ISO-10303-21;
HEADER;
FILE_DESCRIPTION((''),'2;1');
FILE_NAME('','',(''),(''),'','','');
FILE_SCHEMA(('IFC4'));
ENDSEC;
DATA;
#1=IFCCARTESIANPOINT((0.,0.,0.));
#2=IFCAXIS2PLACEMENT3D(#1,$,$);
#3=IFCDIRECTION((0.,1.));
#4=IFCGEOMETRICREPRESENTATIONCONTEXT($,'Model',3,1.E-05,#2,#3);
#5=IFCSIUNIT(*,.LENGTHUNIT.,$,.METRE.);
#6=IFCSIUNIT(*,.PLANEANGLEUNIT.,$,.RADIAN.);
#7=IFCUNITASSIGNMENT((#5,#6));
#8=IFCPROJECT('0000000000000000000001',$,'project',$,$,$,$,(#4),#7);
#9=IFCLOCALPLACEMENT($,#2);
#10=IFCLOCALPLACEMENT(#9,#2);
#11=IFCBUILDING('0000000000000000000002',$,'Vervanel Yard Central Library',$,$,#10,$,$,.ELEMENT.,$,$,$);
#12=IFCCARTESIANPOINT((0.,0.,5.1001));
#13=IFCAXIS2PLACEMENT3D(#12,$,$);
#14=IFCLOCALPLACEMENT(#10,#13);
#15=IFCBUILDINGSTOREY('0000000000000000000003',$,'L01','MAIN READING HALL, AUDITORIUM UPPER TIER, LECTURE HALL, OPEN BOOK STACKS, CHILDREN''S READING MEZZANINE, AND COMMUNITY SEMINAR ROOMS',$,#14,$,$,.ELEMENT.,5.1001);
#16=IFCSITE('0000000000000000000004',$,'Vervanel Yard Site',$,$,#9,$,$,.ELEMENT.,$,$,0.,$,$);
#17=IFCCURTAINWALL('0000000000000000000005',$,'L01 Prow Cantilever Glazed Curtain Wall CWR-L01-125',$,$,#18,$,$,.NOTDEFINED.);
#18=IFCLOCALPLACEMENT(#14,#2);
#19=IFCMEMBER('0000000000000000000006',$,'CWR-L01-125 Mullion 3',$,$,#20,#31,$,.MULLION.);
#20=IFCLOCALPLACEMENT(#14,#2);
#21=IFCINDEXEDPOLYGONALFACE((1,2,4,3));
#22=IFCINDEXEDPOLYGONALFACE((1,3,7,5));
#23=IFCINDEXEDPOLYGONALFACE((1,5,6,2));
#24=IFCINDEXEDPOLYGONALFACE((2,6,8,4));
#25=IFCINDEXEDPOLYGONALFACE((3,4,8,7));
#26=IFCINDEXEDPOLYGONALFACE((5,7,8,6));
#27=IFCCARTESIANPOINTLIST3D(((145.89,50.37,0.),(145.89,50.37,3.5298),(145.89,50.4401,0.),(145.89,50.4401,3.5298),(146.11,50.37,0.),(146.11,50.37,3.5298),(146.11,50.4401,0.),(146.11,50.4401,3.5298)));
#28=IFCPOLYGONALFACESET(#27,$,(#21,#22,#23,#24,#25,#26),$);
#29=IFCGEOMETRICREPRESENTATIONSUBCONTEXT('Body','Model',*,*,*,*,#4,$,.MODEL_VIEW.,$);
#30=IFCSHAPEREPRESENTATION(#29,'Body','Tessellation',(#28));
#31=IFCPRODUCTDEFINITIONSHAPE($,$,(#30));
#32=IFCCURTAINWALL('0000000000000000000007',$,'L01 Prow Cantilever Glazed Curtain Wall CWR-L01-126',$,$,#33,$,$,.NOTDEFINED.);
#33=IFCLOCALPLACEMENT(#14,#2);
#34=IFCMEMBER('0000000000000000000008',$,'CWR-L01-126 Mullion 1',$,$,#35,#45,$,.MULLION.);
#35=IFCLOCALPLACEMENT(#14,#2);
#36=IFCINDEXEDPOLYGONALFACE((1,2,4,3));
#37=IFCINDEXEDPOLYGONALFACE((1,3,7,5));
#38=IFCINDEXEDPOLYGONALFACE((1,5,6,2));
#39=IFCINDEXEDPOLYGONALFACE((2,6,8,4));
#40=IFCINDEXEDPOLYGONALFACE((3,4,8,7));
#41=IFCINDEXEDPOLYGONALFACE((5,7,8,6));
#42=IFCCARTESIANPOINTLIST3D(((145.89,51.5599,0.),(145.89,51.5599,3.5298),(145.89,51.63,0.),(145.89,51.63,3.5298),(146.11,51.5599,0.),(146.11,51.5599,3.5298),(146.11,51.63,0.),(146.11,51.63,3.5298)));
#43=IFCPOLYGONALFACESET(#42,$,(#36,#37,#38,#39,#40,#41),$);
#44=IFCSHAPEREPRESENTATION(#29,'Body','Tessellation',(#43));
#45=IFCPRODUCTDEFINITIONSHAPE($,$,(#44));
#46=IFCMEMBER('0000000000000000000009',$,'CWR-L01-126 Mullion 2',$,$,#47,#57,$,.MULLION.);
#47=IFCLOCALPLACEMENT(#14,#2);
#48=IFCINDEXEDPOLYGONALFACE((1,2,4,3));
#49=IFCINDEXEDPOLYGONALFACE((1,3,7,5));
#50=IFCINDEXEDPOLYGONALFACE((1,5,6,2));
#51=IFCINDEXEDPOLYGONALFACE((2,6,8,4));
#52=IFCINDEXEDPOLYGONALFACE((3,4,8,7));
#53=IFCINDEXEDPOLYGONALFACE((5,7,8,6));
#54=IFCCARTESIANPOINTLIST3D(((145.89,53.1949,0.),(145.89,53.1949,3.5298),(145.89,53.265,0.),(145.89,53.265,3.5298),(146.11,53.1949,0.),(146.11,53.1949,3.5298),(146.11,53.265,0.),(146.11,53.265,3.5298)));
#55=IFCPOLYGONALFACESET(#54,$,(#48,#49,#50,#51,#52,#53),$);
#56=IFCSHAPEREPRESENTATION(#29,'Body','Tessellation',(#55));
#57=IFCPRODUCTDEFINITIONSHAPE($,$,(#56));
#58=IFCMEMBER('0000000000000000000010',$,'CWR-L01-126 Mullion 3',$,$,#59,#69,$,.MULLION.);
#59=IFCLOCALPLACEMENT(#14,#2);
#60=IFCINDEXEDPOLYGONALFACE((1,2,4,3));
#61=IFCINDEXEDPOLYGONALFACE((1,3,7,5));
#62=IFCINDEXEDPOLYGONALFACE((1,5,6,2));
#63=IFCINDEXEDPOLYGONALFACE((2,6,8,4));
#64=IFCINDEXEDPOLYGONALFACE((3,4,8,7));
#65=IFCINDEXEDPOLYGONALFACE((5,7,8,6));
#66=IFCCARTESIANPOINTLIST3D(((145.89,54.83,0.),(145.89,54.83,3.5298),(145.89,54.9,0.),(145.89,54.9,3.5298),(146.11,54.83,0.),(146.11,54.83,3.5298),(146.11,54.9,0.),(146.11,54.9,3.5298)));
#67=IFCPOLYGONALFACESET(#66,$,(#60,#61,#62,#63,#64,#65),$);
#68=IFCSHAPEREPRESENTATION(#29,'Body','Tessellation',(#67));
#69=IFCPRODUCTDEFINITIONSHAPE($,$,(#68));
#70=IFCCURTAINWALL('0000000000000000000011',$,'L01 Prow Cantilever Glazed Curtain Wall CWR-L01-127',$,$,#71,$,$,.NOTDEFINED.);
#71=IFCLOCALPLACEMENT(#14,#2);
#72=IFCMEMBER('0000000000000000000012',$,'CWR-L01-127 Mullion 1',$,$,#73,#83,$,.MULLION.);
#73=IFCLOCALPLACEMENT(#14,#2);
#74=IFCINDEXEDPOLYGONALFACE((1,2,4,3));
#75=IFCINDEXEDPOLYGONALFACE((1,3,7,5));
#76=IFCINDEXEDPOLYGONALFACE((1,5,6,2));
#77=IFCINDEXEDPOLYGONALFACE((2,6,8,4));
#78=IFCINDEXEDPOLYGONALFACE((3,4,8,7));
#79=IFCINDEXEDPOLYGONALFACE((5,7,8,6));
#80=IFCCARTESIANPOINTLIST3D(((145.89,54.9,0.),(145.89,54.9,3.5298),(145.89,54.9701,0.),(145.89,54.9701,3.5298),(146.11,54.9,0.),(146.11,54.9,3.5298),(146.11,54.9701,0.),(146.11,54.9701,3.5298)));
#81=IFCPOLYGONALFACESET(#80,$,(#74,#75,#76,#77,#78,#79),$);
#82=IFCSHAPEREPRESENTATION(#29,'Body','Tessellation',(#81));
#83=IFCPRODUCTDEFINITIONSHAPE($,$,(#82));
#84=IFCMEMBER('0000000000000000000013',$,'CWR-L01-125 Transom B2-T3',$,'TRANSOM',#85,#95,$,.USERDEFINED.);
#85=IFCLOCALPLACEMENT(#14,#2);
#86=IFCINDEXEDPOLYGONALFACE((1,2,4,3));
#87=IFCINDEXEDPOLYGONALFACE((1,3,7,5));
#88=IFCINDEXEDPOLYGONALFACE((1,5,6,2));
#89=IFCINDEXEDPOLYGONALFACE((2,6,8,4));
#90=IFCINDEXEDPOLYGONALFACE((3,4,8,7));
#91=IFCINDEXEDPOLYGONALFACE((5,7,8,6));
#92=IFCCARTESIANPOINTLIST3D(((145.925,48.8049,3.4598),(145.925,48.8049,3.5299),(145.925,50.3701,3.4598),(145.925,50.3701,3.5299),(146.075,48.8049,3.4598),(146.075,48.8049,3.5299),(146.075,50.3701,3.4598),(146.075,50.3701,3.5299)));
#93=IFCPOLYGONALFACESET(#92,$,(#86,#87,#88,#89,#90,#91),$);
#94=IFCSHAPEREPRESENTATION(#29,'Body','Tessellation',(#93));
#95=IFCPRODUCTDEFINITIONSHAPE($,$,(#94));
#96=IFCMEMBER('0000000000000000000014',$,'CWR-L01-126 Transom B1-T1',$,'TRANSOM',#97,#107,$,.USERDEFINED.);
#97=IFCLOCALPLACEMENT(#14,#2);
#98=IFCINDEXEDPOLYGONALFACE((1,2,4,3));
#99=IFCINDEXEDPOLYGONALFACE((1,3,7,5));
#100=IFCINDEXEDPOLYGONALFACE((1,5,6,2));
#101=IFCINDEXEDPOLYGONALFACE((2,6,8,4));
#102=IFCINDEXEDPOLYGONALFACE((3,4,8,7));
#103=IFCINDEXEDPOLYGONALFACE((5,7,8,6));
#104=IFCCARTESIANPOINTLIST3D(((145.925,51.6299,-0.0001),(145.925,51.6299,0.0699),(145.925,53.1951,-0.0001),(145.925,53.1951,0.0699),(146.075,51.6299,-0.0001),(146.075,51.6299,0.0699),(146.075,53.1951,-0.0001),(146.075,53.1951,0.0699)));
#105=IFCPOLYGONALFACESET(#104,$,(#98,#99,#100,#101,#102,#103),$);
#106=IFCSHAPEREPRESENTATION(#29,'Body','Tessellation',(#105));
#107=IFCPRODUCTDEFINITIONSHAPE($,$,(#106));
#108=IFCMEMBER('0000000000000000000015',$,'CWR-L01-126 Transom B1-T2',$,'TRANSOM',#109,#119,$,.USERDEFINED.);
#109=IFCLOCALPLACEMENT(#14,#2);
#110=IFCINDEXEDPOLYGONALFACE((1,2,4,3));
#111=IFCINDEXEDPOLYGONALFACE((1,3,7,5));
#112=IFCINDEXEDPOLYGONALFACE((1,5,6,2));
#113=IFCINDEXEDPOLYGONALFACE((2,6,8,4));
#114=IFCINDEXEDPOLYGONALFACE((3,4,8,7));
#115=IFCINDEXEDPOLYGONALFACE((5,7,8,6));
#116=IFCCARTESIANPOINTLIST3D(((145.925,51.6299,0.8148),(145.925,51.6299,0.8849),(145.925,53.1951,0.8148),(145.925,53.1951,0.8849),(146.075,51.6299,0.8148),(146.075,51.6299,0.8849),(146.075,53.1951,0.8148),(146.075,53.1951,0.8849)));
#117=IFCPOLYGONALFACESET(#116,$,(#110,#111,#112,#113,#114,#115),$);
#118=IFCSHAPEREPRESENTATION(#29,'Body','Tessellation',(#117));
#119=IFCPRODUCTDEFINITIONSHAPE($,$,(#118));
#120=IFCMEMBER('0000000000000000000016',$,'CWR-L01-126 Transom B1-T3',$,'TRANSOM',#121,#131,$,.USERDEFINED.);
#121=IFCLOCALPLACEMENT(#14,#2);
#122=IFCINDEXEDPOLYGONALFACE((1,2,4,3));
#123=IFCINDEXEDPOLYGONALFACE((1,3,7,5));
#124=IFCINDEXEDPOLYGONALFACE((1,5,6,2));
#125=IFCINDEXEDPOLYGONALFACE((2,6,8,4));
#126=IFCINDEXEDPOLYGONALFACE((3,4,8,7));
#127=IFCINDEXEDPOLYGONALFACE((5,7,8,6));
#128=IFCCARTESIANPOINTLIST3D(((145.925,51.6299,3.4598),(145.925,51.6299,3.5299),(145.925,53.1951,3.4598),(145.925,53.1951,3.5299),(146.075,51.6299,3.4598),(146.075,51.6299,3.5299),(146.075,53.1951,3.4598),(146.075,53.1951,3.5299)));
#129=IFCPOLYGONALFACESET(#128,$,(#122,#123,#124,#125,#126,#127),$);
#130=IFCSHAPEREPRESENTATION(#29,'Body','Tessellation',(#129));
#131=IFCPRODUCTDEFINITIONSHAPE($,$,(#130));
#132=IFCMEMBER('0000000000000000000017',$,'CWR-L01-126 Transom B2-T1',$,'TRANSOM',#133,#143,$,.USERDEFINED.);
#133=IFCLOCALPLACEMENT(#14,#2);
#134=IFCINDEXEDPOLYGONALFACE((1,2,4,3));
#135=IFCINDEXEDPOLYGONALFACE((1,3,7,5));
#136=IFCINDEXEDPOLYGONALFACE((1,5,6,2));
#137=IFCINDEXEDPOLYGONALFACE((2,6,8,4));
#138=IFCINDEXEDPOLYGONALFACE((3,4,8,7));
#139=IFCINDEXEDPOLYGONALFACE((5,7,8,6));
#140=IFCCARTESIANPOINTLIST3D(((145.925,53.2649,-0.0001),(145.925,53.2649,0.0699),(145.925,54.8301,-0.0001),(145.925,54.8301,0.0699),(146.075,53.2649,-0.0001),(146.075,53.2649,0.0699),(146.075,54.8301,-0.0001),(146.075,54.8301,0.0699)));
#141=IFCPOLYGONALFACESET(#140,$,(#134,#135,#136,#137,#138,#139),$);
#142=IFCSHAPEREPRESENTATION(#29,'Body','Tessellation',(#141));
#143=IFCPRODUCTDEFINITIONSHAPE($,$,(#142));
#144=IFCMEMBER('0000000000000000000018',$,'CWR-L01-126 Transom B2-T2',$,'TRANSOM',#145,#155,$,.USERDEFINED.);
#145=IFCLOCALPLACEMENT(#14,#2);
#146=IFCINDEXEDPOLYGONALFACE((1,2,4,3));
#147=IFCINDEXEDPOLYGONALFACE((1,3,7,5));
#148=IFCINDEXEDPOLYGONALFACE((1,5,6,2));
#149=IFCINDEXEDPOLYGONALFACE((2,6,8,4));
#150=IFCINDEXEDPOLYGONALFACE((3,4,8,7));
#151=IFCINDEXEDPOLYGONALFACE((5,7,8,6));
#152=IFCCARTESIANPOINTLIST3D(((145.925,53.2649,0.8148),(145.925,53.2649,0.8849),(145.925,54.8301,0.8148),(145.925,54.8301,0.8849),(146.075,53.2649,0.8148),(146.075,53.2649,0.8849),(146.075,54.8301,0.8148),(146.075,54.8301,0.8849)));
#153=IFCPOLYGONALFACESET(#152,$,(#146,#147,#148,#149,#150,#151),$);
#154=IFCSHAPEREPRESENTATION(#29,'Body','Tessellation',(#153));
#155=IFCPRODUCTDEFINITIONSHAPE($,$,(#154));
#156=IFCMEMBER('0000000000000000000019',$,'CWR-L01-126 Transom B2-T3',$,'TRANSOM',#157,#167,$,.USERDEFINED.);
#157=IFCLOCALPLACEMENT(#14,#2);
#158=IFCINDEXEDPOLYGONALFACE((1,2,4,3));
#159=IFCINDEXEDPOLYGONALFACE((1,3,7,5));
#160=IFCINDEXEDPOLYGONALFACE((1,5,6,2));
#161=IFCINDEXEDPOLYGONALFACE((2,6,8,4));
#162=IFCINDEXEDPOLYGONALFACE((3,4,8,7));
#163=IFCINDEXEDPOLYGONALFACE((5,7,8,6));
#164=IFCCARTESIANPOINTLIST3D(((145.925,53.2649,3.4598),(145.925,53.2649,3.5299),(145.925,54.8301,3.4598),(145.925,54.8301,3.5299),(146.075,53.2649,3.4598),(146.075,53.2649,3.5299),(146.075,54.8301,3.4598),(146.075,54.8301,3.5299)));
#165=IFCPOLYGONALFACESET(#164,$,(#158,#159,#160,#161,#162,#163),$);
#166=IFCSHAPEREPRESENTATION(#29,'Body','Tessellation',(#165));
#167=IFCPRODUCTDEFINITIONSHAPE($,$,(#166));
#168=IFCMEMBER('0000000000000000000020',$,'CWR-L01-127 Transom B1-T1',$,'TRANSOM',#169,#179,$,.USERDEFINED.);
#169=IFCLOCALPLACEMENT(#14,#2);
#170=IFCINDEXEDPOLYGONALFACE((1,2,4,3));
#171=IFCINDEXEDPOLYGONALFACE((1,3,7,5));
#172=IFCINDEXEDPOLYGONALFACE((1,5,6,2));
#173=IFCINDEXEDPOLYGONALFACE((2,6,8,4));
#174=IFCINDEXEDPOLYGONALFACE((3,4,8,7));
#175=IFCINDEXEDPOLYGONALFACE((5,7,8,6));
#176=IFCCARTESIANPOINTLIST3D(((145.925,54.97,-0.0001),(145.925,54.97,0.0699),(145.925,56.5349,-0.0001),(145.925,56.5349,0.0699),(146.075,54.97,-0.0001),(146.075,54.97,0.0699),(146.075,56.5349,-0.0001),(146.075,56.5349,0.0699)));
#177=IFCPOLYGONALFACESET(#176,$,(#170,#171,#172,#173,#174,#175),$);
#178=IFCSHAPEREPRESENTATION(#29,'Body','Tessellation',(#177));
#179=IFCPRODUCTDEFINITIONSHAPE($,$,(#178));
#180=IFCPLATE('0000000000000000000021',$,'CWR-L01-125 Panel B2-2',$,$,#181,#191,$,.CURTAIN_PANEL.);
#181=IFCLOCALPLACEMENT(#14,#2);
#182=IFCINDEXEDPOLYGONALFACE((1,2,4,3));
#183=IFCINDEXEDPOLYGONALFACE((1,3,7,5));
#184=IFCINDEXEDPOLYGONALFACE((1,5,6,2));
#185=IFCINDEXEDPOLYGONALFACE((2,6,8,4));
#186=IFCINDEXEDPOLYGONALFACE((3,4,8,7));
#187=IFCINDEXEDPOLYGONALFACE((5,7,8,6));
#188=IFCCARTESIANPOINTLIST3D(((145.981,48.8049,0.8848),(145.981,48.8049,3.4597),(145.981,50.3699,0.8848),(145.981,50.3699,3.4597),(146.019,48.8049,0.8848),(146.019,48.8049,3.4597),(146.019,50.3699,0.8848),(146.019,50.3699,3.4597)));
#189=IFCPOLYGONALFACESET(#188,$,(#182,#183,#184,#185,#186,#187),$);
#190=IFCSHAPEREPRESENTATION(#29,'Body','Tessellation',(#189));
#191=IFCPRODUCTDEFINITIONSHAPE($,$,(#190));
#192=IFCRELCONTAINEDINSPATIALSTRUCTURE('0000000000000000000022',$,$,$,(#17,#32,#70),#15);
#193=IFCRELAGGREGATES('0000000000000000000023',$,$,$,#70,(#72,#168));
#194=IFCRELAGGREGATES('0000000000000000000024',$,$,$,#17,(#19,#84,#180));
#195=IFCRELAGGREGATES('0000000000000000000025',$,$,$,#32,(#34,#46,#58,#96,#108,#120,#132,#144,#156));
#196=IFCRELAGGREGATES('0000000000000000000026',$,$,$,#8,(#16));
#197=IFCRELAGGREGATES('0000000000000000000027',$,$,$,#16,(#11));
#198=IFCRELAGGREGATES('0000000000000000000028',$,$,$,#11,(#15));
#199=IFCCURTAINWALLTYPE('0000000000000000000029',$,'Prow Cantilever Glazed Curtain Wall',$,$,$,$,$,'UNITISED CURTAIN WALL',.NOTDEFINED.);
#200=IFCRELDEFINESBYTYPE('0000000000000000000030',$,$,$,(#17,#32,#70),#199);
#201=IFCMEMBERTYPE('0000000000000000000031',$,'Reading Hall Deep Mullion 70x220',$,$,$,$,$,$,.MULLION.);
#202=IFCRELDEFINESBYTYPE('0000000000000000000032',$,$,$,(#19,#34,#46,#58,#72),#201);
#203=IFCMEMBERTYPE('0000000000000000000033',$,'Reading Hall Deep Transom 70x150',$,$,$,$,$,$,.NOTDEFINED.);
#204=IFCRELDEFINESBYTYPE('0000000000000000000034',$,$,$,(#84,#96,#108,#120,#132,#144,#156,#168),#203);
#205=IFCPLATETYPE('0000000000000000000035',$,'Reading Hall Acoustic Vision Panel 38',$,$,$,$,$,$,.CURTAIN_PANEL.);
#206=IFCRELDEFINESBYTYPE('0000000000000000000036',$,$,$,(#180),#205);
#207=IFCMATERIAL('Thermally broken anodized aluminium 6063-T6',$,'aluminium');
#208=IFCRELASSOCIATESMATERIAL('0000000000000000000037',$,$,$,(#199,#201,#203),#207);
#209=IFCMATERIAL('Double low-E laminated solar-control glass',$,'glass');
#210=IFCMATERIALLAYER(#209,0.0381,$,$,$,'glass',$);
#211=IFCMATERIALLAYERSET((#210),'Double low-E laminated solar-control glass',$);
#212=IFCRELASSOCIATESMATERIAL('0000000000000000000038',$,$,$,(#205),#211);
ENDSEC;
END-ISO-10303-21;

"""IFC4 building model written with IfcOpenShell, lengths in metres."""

from ifc_helpers import new_model, si_unit, direction, frame, origin, origin_2d, place, context, subcontext, project, spatial, rectangle, extrude, material, layer, layer_set, material_profile, profile_set, type_object, element, aggregate, save


model = new_model("IFC4")

# Units and contexts
model_context = context("Model", 3, precision=1e-05, world=origin(), true_north=direction((0.0, 1.0)))
body_context = subcontext(model_context, "Body", "Model", "MODEL_VIEW")
ifc_project = project(units=[si_unit("LENGTHUNIT", "METRE"), si_unit("PLANEANGLEUNIT", "RADIAN")], contexts=[model_context])

# Site, building, storey
site_placement = place(None, origin())
site = spatial("IfcSite", under=ifc_project, at=site_placement, Name="Vervanel Yard Site", CompositionType="ELEMENT", RefElevation=0.0)
building_placement = place(site_placement, origin())
building = spatial("IfcBuilding", under=site, at=building_placement, Name="Vervanel Yard Central Library", CompositionType="ELEMENT")
storey_placement = place(building_placement, frame((0.0, 0.0, 5.1001)))
storey = spatial("IfcBuildingStorey", under=building, at=storey_placement, Name="L01", Description="MAIN READING HALL, AUDITORIUM UPPER TIER, LECTURE HALL, OPEN BOOK STACKS, CHILDREN'S READING MEZZANINE, AND COMMUNITY SEMINAR ROOMS", CompositionType="ELEMENT", Elevation=5.1001)

# Curtain wall, member
ifc_material_1 = material(Name="Thermally broken anodized aluminium 6063-T6", Category="aluminium")
curtain_wall_type = type_object("IfcCurtainWallType", Name="Prow Cantilever Glazed Curtain Wall", ElementType="UNITISED CURTAIN WALL", PredefinedType="NOTDEFINED", material=ifc_material_1)
curtain_wall_1_placement = place(storey_placement, origin())
curtain_wall_1 = element("IfcCurtainWall", 1, at=curtain_wall_1_placement, inside=storey, type_object=curtain_wall_type, Name="L01 Prow Cantilever Glazed Curtain Wall CWR-L01-125", PredefinedType="NOTDEFINED")
ifc_material_profile_1 = material_profile(ifc_material_1, rectangle(XDim=0.0701, YDim=0.22, at=origin_2d()), Name="ALU 70x220", Category="aluminium")
ifc_profile_set_1 = profile_set([ifc_material_profile_1], Name="Thermally broken anodized aluminium 6063-T6")
member_type_1 = type_object("IfcMemberType", Name="Reading Hall Deep Mullion 70x220", PredefinedType="MULLION", material=ifc_profile_set_1)
member_1_placement = place(storey_placement, frame((146.0, 50.405, 0.0), z_axis=(0.0, 0.0, 1.0), x_axis=(0.0, 1.0, 0.0)))
member_1 = element("IfcMember", 2, at=member_1_placement, type_object=member_type_1, Name="CWR-L01-125 Mullion 3", PredefinedType="MULLION", context=body_context, shape_type="SweptSolid", body=[
    extrude(rectangle(XDim=0.0701, YDim=0.22, at=origin_2d()), origin(), (0.0, 0.0, 1.0), 3.5298),
])

# Curtain wall, members
curtain_wall_2_placement = place(storey_placement, origin())
curtain_wall_2 = element("IfcCurtainWall", 3, at=curtain_wall_2_placement, inside=storey, type_object=curtain_wall_type, Name="L01 Prow Cantilever Glazed Curtain Wall CWR-L01-126", PredefinedType="NOTDEFINED")
member_2_placement = place(storey_placement, frame((146.0, 51.595, 0.0), z_axis=(0.0, 0.0, 1.0), x_axis=(0.0, 1.0, 0.0)))
member_2 = element("IfcMember", 4, at=member_2_placement, type_object=member_type_1, Name="CWR-L01-126 Mullion 1", PredefinedType="MULLION", context=body_context, shape_type="SweptSolid", body=[
    extrude(rectangle(XDim=0.0701, YDim=0.22, at=origin_2d()), origin(), (0.0, 0.0, 1.0), 3.5298),
])
member_3_placement = place(storey_placement, frame((146.0, 53.23, 0.0), z_axis=(0.0, 0.0, 1.0), x_axis=(0.0, 1.0, 0.0)))
member_3 = element("IfcMember", 5, at=member_3_placement, type_object=member_type_1, Name="CWR-L01-126 Mullion 2", PredefinedType="MULLION", context=body_context, shape_type="SweptSolid", body=[
    extrude(rectangle(XDim=0.0701, YDim=0.22, at=origin_2d()), origin(), (0.0, 0.0, 1.0), 3.5298),
])
member_4_placement = place(storey_placement, frame((146.0, 54.865, 0.0), z_axis=(0.0, 0.0, 1.0), x_axis=(0.0, 1.0, 0.0)))
member_4 = element("IfcMember", 6, at=member_4_placement, type_object=member_type_1, Name="CWR-L01-126 Mullion 3", PredefinedType="MULLION", context=body_context, shape_type="SweptSolid", body=[
    extrude(rectangle(XDim=0.0701, YDim=0.22, at=origin_2d()), origin(), (0.0, 0.0, 1.0), 3.5298),
])

# Curtain wall, member
curtain_wall_3_placement = place(storey_placement, origin())
curtain_wall_3 = element("IfcCurtainWall", 7, at=curtain_wall_3_placement, inside=storey, type_object=curtain_wall_type, Name="L01 Prow Cantilever Glazed Curtain Wall CWR-L01-127", PredefinedType="NOTDEFINED")
member_5_placement = place(storey_placement, frame((146.0, 54.9351, 0.0), z_axis=(0.0, 0.0, 1.0), x_axis=(0.0, 1.0, 0.0)))
member_5 = element("IfcMember", 8, at=member_5_placement, type_object=member_type_1, Name="CWR-L01-127 Mullion 1", PredefinedType="MULLION", context=body_context, shape_type="SweptSolid", body=[
    extrude(rectangle(XDim=0.0701, YDim=0.22, at=origin_2d()), origin(), (0.0, 0.0, 1.0), 3.5298),
])

# Members
ifc_material_profile_2 = material_profile(ifc_material_1, rectangle(XDim=0.0701, YDim=0.1499, at=origin_2d()), Name="ALU 70x150", Category="aluminium")
ifc_profile_set_2 = profile_set([ifc_material_profile_2], Name="Thermally broken anodized aluminium 6063-T6")
member_type_2 = type_object("IfcMemberType", Name="Reading Hall Deep Transom 70x150", PredefinedType="NOTDEFINED", material=ifc_profile_set_2)
member_6_placement = place(storey_placement, frame((146.0, 48.8049, 3.4949), z_axis=(0.0, 1.0, 0.0), x_axis=(0.0, 0.0, 1.0)))
member_6 = element("IfcMember", 9, at=member_6_placement, type_object=member_type_2, Name="CWR-L01-125 Transom B2-T3", ObjectType="TRANSOM", PredefinedType="USERDEFINED", context=body_context, shape_type="SweptSolid", body=[
    extrude(rectangle(XDim=0.0701, YDim=0.1499, at=origin_2d()), origin(), (0.0, 0.0, 1.0), 1.5652),
])
member_7_placement = place(storey_placement, frame((146.0, 51.6299, 0.0349), z_axis=(0.0, 1.0, 0.0), x_axis=(0.0, 0.0, 1.0)))
member_7 = element("IfcMember", 10, at=member_7_placement, type_object=member_type_2, Name="CWR-L01-126 Transom B1-T1", ObjectType="TRANSOM", PredefinedType="USERDEFINED", context=body_context, shape_type="SweptSolid", body=[
    extrude(rectangle(XDim=0.0701, YDim=0.1499, at=origin_2d()), origin(), (0.0, 0.0, 1.0), 1.5652),
])
member_8_placement = place(storey_placement, frame((146.0, 51.6299, 0.8499), z_axis=(0.0, 1.0, 0.0), x_axis=(0.0, 0.0, 1.0)))
member_8 = element("IfcMember", 11, at=member_8_placement, type_object=member_type_2, Name="CWR-L01-126 Transom B1-T2", ObjectType="TRANSOM", PredefinedType="USERDEFINED", context=body_context, shape_type="SweptSolid", body=[
    extrude(rectangle(XDim=0.0701, YDim=0.1499, at=origin_2d()), origin(), (0.0, 0.0, 1.0), 1.5652),
])
member_9_placement = place(storey_placement, frame((146.0, 51.6299, 3.4949), z_axis=(0.0, 1.0, 0.0), x_axis=(0.0, 0.0, 1.0)))
member_9 = element("IfcMember", 12, at=member_9_placement, type_object=member_type_2, Name="CWR-L01-126 Transom B1-T3", ObjectType="TRANSOM", PredefinedType="USERDEFINED", context=body_context, shape_type="SweptSolid", body=[
    extrude(rectangle(XDim=0.0701, YDim=0.1499, at=origin_2d()), origin(), (0.0, 0.0, 1.0), 1.5652),
])
member_10_placement = place(storey_placement, frame((146.0, 53.2649, 0.0349), z_axis=(0.0, 1.0, 0.0), x_axis=(0.0, 0.0, 1.0)))
member_10 = element("IfcMember", 13, at=member_10_placement, type_object=member_type_2, Name="CWR-L01-126 Transom B2-T1", ObjectType="TRANSOM", PredefinedType="USERDEFINED", context=body_context, shape_type="SweptSolid", body=[
    extrude(rectangle(XDim=0.0701, YDim=0.1499, at=origin_2d()), origin(), (0.0, 0.0, 1.0), 1.5652),
])
member_11_placement = place(storey_placement, frame((146.0, 53.2649, 0.8499), z_axis=(0.0, 1.0, 0.0), x_axis=(0.0, 0.0, 1.0)))
member_11 = element("IfcMember", 14, at=member_11_placement, type_object=member_type_2, Name="CWR-L01-126 Transom B2-T2", ObjectType="TRANSOM", PredefinedType="USERDEFINED", context=body_context, shape_type="SweptSolid", body=[
    extrude(rectangle(XDim=0.0701, YDim=0.1499, at=origin_2d()), origin(), (0.0, 0.0, 1.0), 1.5652),
])
member_12_placement = place(storey_placement, frame((146.0, 53.2649, 3.4949), z_axis=(0.0, 1.0, 0.0), x_axis=(0.0, 0.0, 1.0)))
member_12 = element("IfcMember", 15, at=member_12_placement, type_object=member_type_2, Name="CWR-L01-126 Transom B2-T3", ObjectType="TRANSOM", PredefinedType="USERDEFINED", context=body_context, shape_type="SweptSolid", body=[
    extrude(rectangle(XDim=0.0701, YDim=0.1499, at=origin_2d()), origin(), (0.0, 0.0, 1.0), 1.5652),
])
member_13_placement = place(storey_placement, frame((146.0, 54.97, 0.0349), z_axis=(0.0, 1.0, 0.0), x_axis=(0.0, 0.0, 1.0)))
member_13 = element("IfcMember", 16, at=member_13_placement, type_object=member_type_2, Name="CWR-L01-127 Transom B1-T1", ObjectType="TRANSOM", PredefinedType="USERDEFINED", context=body_context, shape_type="SweptSolid", body=[
    extrude(rectangle(XDim=0.0701, YDim=0.1499, at=origin_2d()), origin(), (0.0, 0.0, 1.0), 1.5649),
])
aggregate(curtain_wall_3, [member_5, member_13])

# Plate
ifc_material_2 = material(Name="Double low-E laminated solar-control glass", Category="glass")
ifc_layer_1 = layer(ifc_material_2, 0.0381, Category="glass")
ifc_layer_set_1 = layer_set([ifc_layer_1], Name="Double low-E laminated solar-control glass")
plate_type_1 = type_object("IfcPlateType", Name="Reading Hall Acoustic Vision Panel 38", PredefinedType="CURTAIN_PANEL", material=ifc_layer_set_1)
plate_1_placement = place(storey_placement, frame((146.0, 49.5874, 0.8848), z_axis=(0.0, 0.0, 1.0), x_axis=(0.0, 1.0, 0.0)))
plate_1 = element("IfcPlate", 17, at=plate_1_placement, type_object=plate_type_1, Name="CWR-L01-125 Panel B2-2", PredefinedType="CURTAIN_PANEL", context=body_context, shape_type="SweptSolid", body=[
    extrude(rectangle(XDim=1.5649, YDim=0.0381, at=origin_2d()), origin(), (0.0, 0.0, 1.0), 2.575),
])
aggregate(curtain_wall_1, [member_1, member_6, plate_1])
aggregate(curtain_wall_2, [member_2, member_3, member_4, member_7, member_8, member_9, member_10, member_11, member_12])

save(model, "model.ifc")
